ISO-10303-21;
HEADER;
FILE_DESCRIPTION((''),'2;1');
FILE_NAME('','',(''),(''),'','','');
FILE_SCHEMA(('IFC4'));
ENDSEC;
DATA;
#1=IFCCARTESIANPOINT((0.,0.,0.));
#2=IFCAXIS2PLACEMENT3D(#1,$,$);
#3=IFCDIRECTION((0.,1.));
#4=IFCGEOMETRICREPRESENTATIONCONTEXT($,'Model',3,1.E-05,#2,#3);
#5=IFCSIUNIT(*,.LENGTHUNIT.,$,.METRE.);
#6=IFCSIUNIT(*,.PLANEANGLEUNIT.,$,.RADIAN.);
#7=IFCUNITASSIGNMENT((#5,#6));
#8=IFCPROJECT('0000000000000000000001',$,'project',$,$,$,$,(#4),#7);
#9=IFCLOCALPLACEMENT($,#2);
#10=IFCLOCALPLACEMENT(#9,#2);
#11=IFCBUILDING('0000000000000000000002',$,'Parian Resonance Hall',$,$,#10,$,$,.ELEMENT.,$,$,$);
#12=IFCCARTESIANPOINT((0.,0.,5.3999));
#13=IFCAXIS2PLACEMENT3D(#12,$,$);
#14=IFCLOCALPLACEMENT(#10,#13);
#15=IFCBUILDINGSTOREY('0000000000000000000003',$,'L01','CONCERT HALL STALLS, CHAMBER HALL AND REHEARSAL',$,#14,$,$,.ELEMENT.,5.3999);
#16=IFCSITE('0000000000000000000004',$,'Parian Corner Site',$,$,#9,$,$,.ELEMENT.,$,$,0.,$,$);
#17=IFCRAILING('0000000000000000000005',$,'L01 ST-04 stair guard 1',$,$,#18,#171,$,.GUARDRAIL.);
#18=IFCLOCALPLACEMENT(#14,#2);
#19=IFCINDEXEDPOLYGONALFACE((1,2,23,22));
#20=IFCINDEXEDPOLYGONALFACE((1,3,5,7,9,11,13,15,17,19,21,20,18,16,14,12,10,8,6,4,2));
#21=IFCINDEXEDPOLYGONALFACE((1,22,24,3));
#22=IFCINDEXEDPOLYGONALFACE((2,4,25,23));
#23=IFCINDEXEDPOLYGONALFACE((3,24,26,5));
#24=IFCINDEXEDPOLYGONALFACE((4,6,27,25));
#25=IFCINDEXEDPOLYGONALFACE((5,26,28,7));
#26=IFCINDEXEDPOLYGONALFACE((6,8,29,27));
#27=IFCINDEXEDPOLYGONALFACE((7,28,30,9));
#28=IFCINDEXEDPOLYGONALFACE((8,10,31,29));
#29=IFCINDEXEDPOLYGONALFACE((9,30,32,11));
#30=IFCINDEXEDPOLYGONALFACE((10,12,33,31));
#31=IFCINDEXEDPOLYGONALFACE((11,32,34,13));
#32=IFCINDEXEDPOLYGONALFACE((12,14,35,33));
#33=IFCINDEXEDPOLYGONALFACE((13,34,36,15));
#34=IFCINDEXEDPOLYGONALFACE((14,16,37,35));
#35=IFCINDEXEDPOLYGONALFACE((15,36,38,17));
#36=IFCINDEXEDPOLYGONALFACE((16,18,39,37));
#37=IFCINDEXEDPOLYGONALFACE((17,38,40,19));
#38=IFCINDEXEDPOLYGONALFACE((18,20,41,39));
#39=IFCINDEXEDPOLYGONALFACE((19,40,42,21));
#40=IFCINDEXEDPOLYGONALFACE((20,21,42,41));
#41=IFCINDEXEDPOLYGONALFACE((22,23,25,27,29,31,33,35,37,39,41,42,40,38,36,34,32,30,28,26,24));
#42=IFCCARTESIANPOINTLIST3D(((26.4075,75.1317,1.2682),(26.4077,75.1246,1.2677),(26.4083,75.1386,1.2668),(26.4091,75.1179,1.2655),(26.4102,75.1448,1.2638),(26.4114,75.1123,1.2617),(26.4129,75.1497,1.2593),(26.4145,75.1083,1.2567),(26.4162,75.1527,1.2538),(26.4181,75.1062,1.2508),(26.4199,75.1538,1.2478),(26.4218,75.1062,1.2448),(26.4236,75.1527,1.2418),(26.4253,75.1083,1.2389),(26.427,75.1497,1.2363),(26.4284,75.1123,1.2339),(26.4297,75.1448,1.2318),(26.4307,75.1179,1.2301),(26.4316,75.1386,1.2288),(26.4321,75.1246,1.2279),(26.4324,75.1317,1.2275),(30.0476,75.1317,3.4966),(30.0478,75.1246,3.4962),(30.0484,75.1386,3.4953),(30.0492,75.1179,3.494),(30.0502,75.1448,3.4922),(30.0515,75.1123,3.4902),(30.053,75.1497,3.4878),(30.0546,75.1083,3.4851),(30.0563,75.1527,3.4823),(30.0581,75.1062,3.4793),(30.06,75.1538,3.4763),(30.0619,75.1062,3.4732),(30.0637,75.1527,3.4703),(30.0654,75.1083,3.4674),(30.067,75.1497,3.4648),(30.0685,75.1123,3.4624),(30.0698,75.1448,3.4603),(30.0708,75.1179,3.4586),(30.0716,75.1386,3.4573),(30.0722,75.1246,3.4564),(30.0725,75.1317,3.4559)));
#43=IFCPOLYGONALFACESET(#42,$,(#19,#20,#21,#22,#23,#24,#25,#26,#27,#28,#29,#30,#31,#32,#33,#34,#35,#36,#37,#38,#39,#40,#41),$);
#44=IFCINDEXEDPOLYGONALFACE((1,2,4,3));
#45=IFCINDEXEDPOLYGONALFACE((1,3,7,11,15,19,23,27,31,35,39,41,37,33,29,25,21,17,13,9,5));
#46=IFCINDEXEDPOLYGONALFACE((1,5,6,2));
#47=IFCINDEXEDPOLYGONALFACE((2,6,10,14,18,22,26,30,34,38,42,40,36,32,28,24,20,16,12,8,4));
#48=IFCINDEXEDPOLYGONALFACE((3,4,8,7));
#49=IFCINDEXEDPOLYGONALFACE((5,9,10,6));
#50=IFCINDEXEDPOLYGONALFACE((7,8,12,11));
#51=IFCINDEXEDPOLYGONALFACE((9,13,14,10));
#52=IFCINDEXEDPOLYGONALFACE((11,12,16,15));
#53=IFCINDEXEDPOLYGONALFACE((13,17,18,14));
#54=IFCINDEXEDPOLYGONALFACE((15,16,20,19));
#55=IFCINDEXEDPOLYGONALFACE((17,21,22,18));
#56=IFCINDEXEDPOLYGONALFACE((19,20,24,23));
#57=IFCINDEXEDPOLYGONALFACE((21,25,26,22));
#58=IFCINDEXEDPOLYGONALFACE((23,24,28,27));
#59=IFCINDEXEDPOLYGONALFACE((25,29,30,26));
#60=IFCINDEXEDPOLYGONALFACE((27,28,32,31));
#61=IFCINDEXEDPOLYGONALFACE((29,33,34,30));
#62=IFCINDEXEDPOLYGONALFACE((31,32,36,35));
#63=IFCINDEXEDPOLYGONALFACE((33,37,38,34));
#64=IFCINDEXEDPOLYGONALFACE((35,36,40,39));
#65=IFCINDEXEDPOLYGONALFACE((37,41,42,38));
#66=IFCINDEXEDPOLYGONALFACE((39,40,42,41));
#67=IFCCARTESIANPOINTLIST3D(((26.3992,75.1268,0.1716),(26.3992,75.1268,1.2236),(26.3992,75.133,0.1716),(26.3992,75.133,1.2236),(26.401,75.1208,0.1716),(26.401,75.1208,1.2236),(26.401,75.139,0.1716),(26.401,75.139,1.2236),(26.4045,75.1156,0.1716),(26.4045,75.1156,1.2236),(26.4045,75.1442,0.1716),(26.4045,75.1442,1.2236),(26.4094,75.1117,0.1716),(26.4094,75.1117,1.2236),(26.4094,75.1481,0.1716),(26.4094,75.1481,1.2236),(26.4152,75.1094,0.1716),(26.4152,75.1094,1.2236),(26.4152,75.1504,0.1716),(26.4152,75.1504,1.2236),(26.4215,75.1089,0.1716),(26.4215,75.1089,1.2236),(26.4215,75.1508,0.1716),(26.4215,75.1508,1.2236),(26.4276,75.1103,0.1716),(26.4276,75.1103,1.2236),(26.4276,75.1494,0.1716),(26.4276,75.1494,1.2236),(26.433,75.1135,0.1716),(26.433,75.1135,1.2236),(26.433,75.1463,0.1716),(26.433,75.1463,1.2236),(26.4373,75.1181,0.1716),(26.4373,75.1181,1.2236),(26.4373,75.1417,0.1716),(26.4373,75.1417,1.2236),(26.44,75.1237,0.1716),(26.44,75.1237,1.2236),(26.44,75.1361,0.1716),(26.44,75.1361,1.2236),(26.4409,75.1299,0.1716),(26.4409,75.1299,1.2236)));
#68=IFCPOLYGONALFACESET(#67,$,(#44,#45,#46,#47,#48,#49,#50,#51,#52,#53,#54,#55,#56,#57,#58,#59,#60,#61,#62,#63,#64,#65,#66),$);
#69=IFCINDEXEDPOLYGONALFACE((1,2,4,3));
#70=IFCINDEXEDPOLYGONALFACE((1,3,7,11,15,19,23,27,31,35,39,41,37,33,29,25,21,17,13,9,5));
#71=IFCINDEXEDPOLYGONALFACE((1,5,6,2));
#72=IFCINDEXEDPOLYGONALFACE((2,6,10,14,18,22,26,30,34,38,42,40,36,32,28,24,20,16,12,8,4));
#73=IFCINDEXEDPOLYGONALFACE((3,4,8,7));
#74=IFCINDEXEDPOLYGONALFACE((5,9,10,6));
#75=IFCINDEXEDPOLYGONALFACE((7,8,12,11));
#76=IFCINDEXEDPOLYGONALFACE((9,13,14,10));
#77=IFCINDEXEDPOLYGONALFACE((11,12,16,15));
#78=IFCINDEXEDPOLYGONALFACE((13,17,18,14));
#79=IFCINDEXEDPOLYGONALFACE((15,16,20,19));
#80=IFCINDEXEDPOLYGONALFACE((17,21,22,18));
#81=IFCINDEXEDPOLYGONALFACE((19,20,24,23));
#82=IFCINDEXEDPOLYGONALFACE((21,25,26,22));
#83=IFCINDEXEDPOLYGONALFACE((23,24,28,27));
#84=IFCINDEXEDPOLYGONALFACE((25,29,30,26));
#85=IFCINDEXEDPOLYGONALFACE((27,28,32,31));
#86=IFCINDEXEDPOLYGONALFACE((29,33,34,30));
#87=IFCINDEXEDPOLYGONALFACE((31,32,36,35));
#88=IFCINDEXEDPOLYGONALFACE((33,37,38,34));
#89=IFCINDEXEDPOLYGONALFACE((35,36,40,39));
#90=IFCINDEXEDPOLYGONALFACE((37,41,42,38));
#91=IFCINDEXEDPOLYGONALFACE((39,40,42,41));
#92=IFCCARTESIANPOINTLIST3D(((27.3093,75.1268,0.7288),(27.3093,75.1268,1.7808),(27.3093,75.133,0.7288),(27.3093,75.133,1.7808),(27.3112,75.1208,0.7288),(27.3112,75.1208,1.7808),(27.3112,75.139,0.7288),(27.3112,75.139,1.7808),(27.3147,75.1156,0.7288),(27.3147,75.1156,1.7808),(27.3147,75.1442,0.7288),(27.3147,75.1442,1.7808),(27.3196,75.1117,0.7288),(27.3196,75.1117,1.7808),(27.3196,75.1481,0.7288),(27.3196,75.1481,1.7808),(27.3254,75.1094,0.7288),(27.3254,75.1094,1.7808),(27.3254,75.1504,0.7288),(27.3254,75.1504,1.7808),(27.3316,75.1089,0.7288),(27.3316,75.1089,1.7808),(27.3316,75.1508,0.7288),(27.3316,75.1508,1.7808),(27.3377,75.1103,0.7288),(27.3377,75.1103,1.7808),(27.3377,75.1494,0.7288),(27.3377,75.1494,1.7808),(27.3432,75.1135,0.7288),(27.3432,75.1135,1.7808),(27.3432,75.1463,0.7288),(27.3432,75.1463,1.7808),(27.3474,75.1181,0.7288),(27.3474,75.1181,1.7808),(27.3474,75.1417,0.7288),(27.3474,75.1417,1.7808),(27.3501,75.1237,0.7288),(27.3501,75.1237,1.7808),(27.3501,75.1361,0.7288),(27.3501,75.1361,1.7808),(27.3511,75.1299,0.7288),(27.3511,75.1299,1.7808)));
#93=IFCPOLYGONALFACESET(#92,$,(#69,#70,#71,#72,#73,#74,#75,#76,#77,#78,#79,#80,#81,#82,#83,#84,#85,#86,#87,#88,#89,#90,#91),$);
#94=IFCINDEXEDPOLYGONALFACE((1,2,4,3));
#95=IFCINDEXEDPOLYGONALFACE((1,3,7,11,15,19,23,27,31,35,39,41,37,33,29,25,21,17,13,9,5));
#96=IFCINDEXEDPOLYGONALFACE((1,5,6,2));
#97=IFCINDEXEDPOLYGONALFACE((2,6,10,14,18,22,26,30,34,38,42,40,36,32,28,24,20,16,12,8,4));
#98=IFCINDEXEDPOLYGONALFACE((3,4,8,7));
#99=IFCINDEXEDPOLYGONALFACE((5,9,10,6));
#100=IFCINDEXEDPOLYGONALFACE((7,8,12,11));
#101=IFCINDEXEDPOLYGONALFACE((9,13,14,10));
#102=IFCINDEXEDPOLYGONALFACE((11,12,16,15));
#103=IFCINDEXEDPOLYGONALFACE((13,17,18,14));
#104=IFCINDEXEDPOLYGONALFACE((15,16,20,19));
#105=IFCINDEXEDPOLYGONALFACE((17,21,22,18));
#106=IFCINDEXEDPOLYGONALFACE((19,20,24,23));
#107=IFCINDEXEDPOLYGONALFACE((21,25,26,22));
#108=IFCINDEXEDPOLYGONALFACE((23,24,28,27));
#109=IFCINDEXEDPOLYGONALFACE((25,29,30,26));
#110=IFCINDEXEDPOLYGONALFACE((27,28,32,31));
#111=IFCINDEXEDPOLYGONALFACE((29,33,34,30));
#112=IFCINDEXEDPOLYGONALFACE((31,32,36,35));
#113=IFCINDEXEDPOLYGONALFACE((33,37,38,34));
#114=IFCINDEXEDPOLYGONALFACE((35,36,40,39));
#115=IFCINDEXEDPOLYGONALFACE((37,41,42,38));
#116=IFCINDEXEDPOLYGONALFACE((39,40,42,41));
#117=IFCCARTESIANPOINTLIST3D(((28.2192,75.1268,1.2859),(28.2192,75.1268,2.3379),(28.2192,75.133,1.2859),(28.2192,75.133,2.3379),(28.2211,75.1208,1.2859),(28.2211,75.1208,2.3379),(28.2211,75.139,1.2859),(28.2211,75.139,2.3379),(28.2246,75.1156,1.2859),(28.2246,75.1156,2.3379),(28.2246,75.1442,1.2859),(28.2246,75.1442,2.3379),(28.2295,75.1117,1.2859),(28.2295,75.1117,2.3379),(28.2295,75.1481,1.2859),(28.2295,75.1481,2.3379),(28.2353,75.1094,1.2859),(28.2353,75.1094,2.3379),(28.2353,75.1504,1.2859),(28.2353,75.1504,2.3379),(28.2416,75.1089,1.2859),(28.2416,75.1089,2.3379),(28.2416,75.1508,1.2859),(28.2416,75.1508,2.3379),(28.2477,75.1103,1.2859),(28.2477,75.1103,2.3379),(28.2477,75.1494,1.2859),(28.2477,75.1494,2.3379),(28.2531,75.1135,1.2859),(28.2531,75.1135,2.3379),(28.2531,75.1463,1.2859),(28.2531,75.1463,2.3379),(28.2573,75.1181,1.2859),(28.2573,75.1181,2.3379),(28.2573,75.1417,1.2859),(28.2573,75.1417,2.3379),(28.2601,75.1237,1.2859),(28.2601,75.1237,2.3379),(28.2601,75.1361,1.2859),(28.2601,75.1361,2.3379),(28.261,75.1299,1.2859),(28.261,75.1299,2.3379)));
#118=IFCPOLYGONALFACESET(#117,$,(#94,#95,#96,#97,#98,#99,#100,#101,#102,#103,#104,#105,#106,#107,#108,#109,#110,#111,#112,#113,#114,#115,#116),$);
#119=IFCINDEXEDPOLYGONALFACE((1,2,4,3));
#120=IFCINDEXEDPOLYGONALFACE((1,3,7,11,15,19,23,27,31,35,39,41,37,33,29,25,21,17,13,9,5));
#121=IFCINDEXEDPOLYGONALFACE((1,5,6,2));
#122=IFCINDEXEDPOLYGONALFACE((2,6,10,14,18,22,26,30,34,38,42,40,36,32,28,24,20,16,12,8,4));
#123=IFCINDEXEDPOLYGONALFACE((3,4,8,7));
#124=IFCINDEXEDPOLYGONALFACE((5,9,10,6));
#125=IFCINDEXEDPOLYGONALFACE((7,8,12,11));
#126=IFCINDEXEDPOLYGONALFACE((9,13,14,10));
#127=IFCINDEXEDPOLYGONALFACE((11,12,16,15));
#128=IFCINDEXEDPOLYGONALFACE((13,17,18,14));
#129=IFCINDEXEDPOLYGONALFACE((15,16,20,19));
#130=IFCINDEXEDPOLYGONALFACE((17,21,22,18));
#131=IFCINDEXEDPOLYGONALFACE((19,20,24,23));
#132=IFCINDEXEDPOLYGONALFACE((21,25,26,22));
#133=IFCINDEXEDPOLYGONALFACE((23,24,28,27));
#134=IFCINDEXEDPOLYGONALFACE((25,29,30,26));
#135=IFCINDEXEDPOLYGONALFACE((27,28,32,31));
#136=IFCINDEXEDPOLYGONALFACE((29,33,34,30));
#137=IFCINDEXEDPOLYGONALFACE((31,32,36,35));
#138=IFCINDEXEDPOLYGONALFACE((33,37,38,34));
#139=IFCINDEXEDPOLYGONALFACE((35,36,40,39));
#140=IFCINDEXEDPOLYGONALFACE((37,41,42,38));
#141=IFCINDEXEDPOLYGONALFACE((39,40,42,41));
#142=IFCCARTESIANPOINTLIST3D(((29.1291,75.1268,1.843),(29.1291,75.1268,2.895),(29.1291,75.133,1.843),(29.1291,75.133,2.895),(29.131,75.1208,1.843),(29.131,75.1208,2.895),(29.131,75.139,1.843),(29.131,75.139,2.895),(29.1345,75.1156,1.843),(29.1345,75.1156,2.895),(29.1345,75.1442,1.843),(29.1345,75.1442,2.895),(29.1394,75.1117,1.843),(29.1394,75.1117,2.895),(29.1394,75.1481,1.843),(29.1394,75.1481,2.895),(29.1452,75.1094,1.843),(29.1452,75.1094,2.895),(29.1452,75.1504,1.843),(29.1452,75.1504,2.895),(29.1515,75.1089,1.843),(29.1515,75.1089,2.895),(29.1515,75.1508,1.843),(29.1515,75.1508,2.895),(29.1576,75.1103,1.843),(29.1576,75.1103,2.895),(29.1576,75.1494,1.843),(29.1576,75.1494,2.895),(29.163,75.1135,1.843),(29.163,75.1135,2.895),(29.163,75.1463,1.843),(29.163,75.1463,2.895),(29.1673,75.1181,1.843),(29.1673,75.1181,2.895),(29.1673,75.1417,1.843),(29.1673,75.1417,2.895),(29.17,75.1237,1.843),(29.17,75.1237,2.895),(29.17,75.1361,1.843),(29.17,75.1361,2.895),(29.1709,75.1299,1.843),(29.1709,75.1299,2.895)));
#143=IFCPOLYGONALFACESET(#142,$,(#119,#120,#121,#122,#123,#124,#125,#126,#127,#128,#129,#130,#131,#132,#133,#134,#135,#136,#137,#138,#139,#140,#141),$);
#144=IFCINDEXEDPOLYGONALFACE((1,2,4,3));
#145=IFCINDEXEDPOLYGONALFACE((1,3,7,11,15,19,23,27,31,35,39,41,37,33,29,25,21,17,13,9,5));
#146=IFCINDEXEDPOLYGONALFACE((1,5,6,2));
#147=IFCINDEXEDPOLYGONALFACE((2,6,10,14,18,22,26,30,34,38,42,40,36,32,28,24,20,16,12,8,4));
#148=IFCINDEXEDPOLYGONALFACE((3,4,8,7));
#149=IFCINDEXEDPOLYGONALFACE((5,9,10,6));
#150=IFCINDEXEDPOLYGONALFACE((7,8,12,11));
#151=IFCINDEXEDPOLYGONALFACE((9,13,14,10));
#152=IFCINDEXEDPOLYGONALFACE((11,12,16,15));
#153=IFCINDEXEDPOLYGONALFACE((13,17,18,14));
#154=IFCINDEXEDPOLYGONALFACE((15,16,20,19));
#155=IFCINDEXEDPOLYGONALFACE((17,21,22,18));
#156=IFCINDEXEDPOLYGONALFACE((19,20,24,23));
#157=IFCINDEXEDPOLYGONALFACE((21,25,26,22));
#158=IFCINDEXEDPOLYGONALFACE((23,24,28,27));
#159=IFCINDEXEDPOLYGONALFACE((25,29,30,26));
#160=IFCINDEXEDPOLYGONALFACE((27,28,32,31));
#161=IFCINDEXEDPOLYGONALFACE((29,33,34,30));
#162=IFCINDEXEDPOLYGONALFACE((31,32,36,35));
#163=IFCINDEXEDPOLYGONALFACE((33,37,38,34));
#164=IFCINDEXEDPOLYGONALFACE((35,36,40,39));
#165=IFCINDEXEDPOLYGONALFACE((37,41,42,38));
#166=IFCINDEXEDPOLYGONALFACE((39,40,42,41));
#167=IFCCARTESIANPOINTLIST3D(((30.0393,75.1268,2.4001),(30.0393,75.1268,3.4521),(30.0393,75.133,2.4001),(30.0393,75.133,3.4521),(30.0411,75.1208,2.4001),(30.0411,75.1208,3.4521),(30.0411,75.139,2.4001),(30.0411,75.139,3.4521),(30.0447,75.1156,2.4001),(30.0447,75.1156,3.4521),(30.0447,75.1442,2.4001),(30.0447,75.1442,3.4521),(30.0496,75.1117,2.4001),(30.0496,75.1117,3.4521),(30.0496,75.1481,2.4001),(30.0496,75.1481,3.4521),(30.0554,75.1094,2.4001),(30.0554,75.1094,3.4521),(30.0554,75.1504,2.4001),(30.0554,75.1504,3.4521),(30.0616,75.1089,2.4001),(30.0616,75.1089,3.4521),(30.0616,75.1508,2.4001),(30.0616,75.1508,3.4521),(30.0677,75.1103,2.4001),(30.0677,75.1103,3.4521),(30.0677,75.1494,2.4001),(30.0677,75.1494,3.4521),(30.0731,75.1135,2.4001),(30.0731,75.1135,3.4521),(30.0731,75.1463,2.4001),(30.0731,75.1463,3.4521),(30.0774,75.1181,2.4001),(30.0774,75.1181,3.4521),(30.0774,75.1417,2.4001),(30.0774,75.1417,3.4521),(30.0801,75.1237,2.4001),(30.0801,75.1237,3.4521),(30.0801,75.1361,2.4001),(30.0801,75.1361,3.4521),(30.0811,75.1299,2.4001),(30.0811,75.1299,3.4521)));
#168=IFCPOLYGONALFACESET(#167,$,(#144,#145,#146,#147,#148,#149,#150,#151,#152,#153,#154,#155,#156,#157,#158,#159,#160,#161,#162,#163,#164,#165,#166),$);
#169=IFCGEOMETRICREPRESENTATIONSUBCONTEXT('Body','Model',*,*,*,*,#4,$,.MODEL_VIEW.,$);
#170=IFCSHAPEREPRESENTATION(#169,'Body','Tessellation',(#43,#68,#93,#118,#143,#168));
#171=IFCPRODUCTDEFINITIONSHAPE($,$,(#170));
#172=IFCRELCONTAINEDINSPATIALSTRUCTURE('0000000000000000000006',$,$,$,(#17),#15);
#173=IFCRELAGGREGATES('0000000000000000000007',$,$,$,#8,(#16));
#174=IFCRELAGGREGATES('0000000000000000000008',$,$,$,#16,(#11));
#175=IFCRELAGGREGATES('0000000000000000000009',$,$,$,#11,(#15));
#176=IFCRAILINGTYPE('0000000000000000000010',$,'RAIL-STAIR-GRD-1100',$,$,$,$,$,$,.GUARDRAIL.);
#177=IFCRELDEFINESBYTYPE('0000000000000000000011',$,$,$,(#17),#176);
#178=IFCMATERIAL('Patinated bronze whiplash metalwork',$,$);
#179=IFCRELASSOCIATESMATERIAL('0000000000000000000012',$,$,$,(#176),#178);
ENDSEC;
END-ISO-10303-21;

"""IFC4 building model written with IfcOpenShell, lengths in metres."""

from ifc_helpers import new_model, si_unit, direction, frame, origin, origin_2d, place, context, subcontext, project, spatial, circle, extrude, material, type_object, element, save


model = new_model("IFC4")

# Units and contexts
model_context = context("Model", 3, precision=1e-05, world=origin(), true_north=direction((0.0, 1.0)))
body_context = subcontext(model_context, "Body", "Model", "MODEL_VIEW")
ifc_project = project(units=[si_unit("LENGTHUNIT", "METRE"), si_unit("PLANEANGLEUNIT", "RADIAN")], contexts=[model_context])

# Site, building, storey
site_placement = place(None, origin())
site = spatial("IfcSite", under=ifc_project, at=site_placement, Name="Parian Corner Site", CompositionType="ELEMENT", RefElevation=0.0)
building_placement = place(site_placement, origin())
building = spatial("IfcBuilding", under=site, at=building_placement, Name="Parian Resonance Hall", CompositionType="ELEMENT")
storey_placement = place(building_placement, frame((0.0, 0.0, 5.3999)))
storey = spatial("IfcBuildingStorey", under=building, at=storey_placement, Name="L01", Description="CONCERT HALL STALLS, CHAMBER HALL AND REHEARSAL", CompositionType="ELEMENT", Elevation=5.3999)

# Railing
ifc_material_1 = material(Name="Patinated bronze whiplash metalwork")
railing_type_1 = type_object("IfcRailingType", Name="RAIL-STAIR-GRD-1100", PredefinedType="GUARDRAIL", material=ifc_material_1)
railing_1_placement = place(storey_placement, frame((26.4199, 75.1299, 0.1716)))
element("IfcRailing", 1, at=railing_1_placement, inside=storey, type_object=railing_type_1, Name="L01 ST-04 stair guard 1", PredefinedType="GUARDRAIL", context=body_context, shape_type="SweptSolid", body=[
    extrude(circle(Radius=0.0239, at=origin_2d()), frame((0.0, 0.0, 1.0762), z_axis=(0.852866, 0.0, 0.52213), x_axis=(0.0, 1.0, 0.0)), (0.0, 0.0, 1.0), 4.2681),
    extrude(circle(Radius=0.021, at=origin_2d()), origin(), (0.0, 0.0, 1.0), 1.052),
    extrude(circle(Radius=0.021, at=origin_2d()), frame((0.9102, 0.0, 0.5571)), (0.0, 0.0, 1.0), 1.052),
    extrude(circle(Radius=0.021, at=origin_2d()), frame((1.8201, 0.0, 1.1143)), (0.0, 0.0, 1.0), 1.052),
    extrude(circle(Radius=0.021, at=origin_2d()), frame((2.73, 0.0, 1.6714)), (0.0, 0.0, 1.0), 1.052),
    extrude(circle(Radius=0.021, at=origin_2d()), frame((3.6401, 0.0, 2.2285)), (0.0, 0.0, 1.0), 1.052),
])

save(model, "model.ifc")
